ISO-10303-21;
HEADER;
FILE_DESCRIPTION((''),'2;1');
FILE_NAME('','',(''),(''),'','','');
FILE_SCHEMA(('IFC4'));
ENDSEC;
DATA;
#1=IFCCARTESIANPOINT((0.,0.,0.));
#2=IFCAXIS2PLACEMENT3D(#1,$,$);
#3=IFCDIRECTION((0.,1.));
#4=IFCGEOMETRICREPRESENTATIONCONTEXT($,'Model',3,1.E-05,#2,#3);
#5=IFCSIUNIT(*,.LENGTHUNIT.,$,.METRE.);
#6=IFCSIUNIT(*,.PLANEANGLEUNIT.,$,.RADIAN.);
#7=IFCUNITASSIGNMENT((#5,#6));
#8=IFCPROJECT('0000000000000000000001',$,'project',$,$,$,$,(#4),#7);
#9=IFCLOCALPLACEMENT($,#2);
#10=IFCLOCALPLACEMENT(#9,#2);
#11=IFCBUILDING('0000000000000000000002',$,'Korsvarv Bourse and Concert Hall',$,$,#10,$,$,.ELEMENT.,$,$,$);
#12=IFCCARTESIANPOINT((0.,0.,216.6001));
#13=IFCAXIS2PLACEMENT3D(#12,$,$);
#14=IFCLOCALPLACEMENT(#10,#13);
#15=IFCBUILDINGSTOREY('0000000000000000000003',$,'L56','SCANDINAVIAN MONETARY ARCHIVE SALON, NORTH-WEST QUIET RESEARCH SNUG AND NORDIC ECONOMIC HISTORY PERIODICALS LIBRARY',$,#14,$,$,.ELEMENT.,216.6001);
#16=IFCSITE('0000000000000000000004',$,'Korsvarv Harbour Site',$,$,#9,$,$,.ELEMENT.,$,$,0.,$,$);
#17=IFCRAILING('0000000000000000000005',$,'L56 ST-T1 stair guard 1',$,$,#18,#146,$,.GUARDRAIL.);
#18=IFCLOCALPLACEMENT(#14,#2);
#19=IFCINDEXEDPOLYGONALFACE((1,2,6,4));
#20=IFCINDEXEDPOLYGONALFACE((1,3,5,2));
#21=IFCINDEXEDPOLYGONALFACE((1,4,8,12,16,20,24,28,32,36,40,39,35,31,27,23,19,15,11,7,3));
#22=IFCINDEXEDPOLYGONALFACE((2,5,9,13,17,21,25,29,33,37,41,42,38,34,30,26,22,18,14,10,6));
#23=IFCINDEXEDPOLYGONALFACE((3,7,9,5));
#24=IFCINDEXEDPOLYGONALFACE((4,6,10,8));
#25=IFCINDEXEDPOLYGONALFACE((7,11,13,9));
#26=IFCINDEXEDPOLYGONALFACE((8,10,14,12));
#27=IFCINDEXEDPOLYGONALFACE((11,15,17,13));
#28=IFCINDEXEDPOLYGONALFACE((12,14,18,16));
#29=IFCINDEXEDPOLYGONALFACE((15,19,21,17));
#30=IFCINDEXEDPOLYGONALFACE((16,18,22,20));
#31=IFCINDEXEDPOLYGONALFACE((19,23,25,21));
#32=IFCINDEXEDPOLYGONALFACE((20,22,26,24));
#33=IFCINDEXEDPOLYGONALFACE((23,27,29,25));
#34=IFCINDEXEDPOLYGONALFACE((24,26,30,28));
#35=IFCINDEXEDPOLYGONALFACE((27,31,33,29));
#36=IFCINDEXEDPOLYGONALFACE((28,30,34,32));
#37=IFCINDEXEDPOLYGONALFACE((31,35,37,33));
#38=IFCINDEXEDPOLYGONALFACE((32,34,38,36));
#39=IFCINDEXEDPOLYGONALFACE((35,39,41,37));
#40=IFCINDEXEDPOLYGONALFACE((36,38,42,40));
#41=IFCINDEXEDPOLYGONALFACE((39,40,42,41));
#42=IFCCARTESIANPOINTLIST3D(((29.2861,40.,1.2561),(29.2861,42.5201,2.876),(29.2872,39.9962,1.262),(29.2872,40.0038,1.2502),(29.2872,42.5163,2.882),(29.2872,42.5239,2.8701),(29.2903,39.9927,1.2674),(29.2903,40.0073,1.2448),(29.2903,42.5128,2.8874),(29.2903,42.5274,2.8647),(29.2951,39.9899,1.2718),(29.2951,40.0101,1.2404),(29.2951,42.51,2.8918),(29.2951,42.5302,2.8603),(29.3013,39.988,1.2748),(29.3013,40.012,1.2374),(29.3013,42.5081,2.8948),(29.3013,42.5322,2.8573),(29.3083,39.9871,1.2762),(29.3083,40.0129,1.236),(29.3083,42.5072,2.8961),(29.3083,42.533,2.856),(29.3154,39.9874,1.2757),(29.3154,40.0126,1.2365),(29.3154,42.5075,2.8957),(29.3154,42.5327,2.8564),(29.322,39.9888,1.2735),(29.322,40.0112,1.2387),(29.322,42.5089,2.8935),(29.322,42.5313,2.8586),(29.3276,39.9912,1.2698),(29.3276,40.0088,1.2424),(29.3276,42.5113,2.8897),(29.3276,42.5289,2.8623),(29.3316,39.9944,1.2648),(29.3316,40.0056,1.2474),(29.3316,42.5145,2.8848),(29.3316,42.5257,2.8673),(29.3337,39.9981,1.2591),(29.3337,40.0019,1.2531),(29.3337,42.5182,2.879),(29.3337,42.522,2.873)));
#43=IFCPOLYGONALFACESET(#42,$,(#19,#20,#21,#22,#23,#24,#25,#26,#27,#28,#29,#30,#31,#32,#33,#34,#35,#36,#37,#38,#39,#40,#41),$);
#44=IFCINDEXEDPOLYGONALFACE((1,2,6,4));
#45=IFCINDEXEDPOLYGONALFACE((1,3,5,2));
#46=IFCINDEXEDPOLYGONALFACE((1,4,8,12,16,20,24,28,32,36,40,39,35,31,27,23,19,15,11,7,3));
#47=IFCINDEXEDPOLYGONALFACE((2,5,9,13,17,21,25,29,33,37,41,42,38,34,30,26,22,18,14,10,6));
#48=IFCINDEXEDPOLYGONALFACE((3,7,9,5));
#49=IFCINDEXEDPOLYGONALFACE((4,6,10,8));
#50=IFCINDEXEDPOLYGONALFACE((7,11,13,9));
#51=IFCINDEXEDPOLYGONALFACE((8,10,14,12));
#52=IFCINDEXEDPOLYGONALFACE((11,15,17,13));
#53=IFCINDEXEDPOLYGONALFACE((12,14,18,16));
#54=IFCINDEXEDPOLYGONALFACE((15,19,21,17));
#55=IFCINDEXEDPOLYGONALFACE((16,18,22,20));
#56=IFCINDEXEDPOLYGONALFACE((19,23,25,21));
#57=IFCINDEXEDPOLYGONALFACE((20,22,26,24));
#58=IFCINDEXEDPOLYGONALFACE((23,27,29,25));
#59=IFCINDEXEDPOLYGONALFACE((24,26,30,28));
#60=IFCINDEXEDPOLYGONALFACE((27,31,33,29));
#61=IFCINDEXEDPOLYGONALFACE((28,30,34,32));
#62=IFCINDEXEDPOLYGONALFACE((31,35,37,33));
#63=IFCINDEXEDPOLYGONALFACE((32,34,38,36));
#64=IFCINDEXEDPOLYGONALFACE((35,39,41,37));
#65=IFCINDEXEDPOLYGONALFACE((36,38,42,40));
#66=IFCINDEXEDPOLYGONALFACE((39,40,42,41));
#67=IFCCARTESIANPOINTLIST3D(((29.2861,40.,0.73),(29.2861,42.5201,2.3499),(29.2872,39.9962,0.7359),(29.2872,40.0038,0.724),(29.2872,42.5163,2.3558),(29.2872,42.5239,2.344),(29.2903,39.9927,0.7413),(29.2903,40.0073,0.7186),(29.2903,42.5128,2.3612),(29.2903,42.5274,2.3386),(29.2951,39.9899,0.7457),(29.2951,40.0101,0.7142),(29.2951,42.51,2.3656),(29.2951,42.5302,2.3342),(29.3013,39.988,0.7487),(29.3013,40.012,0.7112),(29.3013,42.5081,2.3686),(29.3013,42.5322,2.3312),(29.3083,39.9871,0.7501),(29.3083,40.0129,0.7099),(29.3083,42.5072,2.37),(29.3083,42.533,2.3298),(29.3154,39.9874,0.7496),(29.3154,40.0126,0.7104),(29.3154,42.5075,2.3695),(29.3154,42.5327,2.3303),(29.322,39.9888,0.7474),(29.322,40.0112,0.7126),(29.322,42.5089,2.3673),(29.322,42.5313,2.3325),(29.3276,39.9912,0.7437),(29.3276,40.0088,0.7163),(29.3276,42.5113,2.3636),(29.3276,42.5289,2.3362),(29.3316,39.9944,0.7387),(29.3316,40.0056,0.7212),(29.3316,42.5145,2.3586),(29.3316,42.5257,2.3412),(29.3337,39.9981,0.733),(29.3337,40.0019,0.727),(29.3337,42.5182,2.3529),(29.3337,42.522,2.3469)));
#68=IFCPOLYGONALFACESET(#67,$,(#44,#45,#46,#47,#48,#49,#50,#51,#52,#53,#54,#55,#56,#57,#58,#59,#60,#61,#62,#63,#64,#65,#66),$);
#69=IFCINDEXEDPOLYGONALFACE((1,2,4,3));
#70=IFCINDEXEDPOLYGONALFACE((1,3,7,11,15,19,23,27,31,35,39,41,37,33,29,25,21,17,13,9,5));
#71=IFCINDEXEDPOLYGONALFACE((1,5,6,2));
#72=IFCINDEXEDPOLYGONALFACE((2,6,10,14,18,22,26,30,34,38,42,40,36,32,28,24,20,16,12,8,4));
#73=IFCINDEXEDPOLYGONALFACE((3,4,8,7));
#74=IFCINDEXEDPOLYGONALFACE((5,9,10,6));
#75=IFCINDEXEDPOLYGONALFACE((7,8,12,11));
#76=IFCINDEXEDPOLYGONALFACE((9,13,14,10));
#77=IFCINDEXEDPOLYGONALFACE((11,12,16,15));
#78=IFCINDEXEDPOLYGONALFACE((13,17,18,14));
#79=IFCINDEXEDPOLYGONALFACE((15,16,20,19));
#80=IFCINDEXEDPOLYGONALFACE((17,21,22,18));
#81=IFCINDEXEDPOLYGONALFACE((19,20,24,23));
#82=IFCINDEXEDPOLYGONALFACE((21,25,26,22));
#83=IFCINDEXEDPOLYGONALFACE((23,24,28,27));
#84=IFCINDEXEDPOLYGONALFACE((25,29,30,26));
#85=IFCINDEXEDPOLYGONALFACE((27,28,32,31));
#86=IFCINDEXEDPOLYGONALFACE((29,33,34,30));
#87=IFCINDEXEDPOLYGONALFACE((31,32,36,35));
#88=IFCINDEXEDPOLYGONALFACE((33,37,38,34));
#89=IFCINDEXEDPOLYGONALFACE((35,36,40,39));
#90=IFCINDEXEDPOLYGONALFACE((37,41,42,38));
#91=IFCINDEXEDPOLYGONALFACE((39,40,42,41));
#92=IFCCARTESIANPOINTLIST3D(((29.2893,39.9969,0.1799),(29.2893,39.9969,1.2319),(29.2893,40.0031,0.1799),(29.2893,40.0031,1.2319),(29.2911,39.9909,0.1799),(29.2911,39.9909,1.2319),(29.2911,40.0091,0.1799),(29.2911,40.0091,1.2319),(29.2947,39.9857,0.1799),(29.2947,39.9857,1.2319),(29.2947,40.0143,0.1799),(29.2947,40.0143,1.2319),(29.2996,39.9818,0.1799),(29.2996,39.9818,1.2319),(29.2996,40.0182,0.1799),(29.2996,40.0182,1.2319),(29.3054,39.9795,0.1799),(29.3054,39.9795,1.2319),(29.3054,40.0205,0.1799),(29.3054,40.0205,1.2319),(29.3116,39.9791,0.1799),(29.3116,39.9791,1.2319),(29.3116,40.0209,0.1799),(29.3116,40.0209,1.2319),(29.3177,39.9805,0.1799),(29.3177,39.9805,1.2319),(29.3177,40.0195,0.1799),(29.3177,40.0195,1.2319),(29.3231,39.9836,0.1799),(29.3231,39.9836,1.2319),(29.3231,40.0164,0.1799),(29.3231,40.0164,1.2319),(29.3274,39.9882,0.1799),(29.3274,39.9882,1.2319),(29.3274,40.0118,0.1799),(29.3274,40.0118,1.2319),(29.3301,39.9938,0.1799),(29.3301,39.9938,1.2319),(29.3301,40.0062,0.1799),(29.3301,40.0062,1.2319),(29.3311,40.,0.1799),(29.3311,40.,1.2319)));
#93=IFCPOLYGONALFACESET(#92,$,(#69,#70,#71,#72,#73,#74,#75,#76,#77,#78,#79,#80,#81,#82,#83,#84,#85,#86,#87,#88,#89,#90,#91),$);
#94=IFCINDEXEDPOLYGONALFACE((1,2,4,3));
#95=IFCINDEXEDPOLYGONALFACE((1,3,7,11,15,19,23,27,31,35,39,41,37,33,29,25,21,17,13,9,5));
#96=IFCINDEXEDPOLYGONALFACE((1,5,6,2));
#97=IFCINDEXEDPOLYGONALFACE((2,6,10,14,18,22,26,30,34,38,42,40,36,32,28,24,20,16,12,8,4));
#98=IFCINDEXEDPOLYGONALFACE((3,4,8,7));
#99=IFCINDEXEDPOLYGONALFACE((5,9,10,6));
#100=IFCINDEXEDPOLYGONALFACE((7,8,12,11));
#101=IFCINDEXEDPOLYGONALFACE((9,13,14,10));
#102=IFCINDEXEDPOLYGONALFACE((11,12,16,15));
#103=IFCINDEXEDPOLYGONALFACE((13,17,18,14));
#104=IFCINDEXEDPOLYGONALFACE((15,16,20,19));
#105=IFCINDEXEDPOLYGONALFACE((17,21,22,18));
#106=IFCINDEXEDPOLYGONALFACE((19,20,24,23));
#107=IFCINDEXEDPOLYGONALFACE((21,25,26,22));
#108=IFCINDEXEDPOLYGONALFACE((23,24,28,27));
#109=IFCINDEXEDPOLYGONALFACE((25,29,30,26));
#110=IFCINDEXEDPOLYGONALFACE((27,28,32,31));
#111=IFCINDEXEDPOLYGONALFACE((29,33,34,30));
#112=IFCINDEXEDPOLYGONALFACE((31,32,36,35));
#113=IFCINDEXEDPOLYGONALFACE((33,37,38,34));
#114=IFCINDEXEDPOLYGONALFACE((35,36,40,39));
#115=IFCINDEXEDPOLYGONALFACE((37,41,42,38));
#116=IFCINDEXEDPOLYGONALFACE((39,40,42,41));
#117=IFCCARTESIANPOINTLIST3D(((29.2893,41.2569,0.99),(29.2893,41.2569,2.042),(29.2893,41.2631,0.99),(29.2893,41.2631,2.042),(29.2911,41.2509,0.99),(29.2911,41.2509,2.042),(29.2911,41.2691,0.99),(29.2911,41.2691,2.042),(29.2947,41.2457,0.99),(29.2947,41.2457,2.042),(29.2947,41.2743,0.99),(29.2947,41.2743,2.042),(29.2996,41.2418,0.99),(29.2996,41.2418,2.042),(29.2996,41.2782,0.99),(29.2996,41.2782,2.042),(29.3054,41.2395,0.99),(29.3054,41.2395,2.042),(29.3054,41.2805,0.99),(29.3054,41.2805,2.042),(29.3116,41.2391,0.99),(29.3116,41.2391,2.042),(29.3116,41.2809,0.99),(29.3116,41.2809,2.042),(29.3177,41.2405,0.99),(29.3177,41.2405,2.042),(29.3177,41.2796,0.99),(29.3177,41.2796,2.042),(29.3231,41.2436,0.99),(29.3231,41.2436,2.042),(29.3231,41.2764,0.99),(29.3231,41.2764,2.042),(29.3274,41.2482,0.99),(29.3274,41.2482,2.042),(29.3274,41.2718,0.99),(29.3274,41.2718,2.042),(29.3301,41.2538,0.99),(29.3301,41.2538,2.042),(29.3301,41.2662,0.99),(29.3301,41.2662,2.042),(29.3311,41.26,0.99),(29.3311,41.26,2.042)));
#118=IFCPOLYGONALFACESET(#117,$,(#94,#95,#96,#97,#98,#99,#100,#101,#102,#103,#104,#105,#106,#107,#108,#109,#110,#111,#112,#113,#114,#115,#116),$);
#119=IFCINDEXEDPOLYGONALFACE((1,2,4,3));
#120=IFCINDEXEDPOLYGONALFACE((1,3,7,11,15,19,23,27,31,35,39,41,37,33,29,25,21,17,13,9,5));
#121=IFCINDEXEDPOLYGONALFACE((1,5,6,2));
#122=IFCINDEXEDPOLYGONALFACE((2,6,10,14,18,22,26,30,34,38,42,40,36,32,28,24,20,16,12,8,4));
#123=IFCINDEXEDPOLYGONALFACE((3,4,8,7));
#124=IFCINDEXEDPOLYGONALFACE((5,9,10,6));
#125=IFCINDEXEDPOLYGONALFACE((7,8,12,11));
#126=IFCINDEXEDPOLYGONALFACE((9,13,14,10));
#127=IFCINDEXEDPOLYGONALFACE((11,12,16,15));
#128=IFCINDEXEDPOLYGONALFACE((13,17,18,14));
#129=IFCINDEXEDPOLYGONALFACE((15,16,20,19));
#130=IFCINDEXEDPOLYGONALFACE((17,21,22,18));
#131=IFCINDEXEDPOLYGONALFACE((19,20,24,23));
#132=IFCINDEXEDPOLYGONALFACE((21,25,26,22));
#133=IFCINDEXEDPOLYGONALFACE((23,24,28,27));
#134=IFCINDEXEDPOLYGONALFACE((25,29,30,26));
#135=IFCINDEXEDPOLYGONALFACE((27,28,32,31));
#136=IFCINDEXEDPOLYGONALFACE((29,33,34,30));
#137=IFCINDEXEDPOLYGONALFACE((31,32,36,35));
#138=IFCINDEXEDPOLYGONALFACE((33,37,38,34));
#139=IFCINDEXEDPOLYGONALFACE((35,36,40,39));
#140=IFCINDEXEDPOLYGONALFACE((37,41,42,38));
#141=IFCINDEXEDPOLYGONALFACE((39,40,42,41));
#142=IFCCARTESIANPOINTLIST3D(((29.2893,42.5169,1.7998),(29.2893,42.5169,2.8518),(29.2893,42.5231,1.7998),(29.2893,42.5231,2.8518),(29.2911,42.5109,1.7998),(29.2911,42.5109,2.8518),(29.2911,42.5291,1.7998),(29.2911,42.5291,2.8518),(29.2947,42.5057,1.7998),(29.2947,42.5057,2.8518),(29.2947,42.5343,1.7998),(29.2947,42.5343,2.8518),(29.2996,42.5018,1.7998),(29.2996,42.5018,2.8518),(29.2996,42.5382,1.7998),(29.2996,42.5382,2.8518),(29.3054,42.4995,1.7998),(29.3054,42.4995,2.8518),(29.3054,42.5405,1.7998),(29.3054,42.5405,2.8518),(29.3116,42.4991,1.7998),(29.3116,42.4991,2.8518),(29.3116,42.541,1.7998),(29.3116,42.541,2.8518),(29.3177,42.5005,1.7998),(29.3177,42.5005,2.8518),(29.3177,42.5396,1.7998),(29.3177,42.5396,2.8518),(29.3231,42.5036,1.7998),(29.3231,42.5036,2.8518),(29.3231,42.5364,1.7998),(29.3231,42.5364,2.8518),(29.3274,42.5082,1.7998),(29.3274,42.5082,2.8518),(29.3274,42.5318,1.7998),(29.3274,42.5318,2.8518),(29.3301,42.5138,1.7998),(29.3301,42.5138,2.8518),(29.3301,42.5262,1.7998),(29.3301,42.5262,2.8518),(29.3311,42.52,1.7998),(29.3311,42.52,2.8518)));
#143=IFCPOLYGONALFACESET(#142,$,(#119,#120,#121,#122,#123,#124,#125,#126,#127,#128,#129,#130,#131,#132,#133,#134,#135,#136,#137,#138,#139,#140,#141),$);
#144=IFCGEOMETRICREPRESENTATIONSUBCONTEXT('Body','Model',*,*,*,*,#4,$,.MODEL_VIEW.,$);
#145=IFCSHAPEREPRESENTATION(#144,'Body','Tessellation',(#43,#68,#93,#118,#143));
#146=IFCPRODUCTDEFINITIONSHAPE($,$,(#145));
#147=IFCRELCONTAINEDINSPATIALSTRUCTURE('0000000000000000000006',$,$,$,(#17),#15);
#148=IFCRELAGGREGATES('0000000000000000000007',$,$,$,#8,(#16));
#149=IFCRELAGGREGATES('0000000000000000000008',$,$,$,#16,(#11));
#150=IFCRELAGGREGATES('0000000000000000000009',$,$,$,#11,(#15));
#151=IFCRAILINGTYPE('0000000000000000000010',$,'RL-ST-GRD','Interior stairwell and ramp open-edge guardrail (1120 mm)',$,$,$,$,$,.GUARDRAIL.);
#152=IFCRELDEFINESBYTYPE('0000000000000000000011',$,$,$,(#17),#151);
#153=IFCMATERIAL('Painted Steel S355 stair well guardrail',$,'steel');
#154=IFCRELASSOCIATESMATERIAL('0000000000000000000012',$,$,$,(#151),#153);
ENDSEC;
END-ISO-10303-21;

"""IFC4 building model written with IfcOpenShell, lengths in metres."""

from ifc_helpers import new_model, si_unit, direction, frame, origin, origin_2d, place, context, subcontext, project, spatial, circle, extrude, material, type_object, element, save


model = new_model("IFC4")

# Units and contexts
model_context = context("Model", 3, precision=1e-05, world=origin(), true_north=direction((0.0, 1.0)))
body_context = subcontext(model_context, "Body", "Model", "MODEL_VIEW")
ifc_project = project(units=[si_unit("LENGTHUNIT", "METRE"), si_unit("PLANEANGLEUNIT", "RADIAN")], contexts=[model_context])

# Site, building, storey
site_placement = place(None, origin())
site = spatial("IfcSite", under=ifc_project, at=site_placement, Name="Korsvarv Harbour Site", CompositionType="ELEMENT", RefElevation=0.0)
building_placement = place(site_placement, origin())
building = spatial("IfcBuilding", under=site, at=building_placement, Name="Korsvarv Bourse and Concert Hall", CompositionType="ELEMENT")
storey_placement = place(building_placement, frame((0.0, 0.0, 216.6001)))
storey = spatial("IfcBuildingStorey", under=building, at=storey_placement, Name="L56", Description="SCANDINAVIAN MONETARY ARCHIVE SALON, NORTH-WEST QUIET RESEARCH SNUG AND NORDIC ECONOMIC HISTORY PERIODICALS LIBRARY", CompositionType="ELEMENT", Elevation=216.6001)

# Railing
ifc_material_1 = material(Name="Painted Steel S355 stair well guardrail", Category="steel")
railing_type_1 = type_object("IfcRailingType", Name="RL-ST-GRD", Description="Interior stairwell and ramp open-edge guardrail (1120 mm)", PredefinedType="GUARDRAIL", material=ifc_material_1)
railing_1_placement = place(storey_placement, frame((29.3101, 40.0, 0.1799)))
element("IfcRailing", 1, at=railing_1_placement, inside=storey, type_object=railing_type_1, Name="L56 ST-T1 stair guard 1", PredefinedType="GUARDRAIL", context=body_context, shape_type="SweptSolid", body=[
    extrude(circle(Radius=0.0239, at=origin_2d()), frame((0.0, 0.0, 1.0762), z_axis=(0.0, 0.8412, 0.540725), x_axis=(-1.0, 0.0, 0.0)), (0.0, 0.0, 1.0), 2.9958),
    extrude(circle(Radius=0.0239, at=origin_2d()), frame((0.0, 0.0, 0.55), z_axis=(0.0, 0.8412, 0.540725), x_axis=(-1.0, 0.0, 0.0)), (0.0, 0.0, 1.0), 2.9958),
    extrude(circle(Radius=0.021, at=origin_2d()), origin(), (0.0, 0.0, 1.0), 1.052),
    extrude(circle(Radius=0.021, at=origin_2d()), frame((0.0, 1.26, 0.8101)), (0.0, 0.0, 1.0), 1.052),
    extrude(circle(Radius=0.021, at=origin_2d()), frame((0.0, 2.52, 1.6199)), (0.0, 0.0, 1.0), 1.052),
])

save(model, "model.ifc")
